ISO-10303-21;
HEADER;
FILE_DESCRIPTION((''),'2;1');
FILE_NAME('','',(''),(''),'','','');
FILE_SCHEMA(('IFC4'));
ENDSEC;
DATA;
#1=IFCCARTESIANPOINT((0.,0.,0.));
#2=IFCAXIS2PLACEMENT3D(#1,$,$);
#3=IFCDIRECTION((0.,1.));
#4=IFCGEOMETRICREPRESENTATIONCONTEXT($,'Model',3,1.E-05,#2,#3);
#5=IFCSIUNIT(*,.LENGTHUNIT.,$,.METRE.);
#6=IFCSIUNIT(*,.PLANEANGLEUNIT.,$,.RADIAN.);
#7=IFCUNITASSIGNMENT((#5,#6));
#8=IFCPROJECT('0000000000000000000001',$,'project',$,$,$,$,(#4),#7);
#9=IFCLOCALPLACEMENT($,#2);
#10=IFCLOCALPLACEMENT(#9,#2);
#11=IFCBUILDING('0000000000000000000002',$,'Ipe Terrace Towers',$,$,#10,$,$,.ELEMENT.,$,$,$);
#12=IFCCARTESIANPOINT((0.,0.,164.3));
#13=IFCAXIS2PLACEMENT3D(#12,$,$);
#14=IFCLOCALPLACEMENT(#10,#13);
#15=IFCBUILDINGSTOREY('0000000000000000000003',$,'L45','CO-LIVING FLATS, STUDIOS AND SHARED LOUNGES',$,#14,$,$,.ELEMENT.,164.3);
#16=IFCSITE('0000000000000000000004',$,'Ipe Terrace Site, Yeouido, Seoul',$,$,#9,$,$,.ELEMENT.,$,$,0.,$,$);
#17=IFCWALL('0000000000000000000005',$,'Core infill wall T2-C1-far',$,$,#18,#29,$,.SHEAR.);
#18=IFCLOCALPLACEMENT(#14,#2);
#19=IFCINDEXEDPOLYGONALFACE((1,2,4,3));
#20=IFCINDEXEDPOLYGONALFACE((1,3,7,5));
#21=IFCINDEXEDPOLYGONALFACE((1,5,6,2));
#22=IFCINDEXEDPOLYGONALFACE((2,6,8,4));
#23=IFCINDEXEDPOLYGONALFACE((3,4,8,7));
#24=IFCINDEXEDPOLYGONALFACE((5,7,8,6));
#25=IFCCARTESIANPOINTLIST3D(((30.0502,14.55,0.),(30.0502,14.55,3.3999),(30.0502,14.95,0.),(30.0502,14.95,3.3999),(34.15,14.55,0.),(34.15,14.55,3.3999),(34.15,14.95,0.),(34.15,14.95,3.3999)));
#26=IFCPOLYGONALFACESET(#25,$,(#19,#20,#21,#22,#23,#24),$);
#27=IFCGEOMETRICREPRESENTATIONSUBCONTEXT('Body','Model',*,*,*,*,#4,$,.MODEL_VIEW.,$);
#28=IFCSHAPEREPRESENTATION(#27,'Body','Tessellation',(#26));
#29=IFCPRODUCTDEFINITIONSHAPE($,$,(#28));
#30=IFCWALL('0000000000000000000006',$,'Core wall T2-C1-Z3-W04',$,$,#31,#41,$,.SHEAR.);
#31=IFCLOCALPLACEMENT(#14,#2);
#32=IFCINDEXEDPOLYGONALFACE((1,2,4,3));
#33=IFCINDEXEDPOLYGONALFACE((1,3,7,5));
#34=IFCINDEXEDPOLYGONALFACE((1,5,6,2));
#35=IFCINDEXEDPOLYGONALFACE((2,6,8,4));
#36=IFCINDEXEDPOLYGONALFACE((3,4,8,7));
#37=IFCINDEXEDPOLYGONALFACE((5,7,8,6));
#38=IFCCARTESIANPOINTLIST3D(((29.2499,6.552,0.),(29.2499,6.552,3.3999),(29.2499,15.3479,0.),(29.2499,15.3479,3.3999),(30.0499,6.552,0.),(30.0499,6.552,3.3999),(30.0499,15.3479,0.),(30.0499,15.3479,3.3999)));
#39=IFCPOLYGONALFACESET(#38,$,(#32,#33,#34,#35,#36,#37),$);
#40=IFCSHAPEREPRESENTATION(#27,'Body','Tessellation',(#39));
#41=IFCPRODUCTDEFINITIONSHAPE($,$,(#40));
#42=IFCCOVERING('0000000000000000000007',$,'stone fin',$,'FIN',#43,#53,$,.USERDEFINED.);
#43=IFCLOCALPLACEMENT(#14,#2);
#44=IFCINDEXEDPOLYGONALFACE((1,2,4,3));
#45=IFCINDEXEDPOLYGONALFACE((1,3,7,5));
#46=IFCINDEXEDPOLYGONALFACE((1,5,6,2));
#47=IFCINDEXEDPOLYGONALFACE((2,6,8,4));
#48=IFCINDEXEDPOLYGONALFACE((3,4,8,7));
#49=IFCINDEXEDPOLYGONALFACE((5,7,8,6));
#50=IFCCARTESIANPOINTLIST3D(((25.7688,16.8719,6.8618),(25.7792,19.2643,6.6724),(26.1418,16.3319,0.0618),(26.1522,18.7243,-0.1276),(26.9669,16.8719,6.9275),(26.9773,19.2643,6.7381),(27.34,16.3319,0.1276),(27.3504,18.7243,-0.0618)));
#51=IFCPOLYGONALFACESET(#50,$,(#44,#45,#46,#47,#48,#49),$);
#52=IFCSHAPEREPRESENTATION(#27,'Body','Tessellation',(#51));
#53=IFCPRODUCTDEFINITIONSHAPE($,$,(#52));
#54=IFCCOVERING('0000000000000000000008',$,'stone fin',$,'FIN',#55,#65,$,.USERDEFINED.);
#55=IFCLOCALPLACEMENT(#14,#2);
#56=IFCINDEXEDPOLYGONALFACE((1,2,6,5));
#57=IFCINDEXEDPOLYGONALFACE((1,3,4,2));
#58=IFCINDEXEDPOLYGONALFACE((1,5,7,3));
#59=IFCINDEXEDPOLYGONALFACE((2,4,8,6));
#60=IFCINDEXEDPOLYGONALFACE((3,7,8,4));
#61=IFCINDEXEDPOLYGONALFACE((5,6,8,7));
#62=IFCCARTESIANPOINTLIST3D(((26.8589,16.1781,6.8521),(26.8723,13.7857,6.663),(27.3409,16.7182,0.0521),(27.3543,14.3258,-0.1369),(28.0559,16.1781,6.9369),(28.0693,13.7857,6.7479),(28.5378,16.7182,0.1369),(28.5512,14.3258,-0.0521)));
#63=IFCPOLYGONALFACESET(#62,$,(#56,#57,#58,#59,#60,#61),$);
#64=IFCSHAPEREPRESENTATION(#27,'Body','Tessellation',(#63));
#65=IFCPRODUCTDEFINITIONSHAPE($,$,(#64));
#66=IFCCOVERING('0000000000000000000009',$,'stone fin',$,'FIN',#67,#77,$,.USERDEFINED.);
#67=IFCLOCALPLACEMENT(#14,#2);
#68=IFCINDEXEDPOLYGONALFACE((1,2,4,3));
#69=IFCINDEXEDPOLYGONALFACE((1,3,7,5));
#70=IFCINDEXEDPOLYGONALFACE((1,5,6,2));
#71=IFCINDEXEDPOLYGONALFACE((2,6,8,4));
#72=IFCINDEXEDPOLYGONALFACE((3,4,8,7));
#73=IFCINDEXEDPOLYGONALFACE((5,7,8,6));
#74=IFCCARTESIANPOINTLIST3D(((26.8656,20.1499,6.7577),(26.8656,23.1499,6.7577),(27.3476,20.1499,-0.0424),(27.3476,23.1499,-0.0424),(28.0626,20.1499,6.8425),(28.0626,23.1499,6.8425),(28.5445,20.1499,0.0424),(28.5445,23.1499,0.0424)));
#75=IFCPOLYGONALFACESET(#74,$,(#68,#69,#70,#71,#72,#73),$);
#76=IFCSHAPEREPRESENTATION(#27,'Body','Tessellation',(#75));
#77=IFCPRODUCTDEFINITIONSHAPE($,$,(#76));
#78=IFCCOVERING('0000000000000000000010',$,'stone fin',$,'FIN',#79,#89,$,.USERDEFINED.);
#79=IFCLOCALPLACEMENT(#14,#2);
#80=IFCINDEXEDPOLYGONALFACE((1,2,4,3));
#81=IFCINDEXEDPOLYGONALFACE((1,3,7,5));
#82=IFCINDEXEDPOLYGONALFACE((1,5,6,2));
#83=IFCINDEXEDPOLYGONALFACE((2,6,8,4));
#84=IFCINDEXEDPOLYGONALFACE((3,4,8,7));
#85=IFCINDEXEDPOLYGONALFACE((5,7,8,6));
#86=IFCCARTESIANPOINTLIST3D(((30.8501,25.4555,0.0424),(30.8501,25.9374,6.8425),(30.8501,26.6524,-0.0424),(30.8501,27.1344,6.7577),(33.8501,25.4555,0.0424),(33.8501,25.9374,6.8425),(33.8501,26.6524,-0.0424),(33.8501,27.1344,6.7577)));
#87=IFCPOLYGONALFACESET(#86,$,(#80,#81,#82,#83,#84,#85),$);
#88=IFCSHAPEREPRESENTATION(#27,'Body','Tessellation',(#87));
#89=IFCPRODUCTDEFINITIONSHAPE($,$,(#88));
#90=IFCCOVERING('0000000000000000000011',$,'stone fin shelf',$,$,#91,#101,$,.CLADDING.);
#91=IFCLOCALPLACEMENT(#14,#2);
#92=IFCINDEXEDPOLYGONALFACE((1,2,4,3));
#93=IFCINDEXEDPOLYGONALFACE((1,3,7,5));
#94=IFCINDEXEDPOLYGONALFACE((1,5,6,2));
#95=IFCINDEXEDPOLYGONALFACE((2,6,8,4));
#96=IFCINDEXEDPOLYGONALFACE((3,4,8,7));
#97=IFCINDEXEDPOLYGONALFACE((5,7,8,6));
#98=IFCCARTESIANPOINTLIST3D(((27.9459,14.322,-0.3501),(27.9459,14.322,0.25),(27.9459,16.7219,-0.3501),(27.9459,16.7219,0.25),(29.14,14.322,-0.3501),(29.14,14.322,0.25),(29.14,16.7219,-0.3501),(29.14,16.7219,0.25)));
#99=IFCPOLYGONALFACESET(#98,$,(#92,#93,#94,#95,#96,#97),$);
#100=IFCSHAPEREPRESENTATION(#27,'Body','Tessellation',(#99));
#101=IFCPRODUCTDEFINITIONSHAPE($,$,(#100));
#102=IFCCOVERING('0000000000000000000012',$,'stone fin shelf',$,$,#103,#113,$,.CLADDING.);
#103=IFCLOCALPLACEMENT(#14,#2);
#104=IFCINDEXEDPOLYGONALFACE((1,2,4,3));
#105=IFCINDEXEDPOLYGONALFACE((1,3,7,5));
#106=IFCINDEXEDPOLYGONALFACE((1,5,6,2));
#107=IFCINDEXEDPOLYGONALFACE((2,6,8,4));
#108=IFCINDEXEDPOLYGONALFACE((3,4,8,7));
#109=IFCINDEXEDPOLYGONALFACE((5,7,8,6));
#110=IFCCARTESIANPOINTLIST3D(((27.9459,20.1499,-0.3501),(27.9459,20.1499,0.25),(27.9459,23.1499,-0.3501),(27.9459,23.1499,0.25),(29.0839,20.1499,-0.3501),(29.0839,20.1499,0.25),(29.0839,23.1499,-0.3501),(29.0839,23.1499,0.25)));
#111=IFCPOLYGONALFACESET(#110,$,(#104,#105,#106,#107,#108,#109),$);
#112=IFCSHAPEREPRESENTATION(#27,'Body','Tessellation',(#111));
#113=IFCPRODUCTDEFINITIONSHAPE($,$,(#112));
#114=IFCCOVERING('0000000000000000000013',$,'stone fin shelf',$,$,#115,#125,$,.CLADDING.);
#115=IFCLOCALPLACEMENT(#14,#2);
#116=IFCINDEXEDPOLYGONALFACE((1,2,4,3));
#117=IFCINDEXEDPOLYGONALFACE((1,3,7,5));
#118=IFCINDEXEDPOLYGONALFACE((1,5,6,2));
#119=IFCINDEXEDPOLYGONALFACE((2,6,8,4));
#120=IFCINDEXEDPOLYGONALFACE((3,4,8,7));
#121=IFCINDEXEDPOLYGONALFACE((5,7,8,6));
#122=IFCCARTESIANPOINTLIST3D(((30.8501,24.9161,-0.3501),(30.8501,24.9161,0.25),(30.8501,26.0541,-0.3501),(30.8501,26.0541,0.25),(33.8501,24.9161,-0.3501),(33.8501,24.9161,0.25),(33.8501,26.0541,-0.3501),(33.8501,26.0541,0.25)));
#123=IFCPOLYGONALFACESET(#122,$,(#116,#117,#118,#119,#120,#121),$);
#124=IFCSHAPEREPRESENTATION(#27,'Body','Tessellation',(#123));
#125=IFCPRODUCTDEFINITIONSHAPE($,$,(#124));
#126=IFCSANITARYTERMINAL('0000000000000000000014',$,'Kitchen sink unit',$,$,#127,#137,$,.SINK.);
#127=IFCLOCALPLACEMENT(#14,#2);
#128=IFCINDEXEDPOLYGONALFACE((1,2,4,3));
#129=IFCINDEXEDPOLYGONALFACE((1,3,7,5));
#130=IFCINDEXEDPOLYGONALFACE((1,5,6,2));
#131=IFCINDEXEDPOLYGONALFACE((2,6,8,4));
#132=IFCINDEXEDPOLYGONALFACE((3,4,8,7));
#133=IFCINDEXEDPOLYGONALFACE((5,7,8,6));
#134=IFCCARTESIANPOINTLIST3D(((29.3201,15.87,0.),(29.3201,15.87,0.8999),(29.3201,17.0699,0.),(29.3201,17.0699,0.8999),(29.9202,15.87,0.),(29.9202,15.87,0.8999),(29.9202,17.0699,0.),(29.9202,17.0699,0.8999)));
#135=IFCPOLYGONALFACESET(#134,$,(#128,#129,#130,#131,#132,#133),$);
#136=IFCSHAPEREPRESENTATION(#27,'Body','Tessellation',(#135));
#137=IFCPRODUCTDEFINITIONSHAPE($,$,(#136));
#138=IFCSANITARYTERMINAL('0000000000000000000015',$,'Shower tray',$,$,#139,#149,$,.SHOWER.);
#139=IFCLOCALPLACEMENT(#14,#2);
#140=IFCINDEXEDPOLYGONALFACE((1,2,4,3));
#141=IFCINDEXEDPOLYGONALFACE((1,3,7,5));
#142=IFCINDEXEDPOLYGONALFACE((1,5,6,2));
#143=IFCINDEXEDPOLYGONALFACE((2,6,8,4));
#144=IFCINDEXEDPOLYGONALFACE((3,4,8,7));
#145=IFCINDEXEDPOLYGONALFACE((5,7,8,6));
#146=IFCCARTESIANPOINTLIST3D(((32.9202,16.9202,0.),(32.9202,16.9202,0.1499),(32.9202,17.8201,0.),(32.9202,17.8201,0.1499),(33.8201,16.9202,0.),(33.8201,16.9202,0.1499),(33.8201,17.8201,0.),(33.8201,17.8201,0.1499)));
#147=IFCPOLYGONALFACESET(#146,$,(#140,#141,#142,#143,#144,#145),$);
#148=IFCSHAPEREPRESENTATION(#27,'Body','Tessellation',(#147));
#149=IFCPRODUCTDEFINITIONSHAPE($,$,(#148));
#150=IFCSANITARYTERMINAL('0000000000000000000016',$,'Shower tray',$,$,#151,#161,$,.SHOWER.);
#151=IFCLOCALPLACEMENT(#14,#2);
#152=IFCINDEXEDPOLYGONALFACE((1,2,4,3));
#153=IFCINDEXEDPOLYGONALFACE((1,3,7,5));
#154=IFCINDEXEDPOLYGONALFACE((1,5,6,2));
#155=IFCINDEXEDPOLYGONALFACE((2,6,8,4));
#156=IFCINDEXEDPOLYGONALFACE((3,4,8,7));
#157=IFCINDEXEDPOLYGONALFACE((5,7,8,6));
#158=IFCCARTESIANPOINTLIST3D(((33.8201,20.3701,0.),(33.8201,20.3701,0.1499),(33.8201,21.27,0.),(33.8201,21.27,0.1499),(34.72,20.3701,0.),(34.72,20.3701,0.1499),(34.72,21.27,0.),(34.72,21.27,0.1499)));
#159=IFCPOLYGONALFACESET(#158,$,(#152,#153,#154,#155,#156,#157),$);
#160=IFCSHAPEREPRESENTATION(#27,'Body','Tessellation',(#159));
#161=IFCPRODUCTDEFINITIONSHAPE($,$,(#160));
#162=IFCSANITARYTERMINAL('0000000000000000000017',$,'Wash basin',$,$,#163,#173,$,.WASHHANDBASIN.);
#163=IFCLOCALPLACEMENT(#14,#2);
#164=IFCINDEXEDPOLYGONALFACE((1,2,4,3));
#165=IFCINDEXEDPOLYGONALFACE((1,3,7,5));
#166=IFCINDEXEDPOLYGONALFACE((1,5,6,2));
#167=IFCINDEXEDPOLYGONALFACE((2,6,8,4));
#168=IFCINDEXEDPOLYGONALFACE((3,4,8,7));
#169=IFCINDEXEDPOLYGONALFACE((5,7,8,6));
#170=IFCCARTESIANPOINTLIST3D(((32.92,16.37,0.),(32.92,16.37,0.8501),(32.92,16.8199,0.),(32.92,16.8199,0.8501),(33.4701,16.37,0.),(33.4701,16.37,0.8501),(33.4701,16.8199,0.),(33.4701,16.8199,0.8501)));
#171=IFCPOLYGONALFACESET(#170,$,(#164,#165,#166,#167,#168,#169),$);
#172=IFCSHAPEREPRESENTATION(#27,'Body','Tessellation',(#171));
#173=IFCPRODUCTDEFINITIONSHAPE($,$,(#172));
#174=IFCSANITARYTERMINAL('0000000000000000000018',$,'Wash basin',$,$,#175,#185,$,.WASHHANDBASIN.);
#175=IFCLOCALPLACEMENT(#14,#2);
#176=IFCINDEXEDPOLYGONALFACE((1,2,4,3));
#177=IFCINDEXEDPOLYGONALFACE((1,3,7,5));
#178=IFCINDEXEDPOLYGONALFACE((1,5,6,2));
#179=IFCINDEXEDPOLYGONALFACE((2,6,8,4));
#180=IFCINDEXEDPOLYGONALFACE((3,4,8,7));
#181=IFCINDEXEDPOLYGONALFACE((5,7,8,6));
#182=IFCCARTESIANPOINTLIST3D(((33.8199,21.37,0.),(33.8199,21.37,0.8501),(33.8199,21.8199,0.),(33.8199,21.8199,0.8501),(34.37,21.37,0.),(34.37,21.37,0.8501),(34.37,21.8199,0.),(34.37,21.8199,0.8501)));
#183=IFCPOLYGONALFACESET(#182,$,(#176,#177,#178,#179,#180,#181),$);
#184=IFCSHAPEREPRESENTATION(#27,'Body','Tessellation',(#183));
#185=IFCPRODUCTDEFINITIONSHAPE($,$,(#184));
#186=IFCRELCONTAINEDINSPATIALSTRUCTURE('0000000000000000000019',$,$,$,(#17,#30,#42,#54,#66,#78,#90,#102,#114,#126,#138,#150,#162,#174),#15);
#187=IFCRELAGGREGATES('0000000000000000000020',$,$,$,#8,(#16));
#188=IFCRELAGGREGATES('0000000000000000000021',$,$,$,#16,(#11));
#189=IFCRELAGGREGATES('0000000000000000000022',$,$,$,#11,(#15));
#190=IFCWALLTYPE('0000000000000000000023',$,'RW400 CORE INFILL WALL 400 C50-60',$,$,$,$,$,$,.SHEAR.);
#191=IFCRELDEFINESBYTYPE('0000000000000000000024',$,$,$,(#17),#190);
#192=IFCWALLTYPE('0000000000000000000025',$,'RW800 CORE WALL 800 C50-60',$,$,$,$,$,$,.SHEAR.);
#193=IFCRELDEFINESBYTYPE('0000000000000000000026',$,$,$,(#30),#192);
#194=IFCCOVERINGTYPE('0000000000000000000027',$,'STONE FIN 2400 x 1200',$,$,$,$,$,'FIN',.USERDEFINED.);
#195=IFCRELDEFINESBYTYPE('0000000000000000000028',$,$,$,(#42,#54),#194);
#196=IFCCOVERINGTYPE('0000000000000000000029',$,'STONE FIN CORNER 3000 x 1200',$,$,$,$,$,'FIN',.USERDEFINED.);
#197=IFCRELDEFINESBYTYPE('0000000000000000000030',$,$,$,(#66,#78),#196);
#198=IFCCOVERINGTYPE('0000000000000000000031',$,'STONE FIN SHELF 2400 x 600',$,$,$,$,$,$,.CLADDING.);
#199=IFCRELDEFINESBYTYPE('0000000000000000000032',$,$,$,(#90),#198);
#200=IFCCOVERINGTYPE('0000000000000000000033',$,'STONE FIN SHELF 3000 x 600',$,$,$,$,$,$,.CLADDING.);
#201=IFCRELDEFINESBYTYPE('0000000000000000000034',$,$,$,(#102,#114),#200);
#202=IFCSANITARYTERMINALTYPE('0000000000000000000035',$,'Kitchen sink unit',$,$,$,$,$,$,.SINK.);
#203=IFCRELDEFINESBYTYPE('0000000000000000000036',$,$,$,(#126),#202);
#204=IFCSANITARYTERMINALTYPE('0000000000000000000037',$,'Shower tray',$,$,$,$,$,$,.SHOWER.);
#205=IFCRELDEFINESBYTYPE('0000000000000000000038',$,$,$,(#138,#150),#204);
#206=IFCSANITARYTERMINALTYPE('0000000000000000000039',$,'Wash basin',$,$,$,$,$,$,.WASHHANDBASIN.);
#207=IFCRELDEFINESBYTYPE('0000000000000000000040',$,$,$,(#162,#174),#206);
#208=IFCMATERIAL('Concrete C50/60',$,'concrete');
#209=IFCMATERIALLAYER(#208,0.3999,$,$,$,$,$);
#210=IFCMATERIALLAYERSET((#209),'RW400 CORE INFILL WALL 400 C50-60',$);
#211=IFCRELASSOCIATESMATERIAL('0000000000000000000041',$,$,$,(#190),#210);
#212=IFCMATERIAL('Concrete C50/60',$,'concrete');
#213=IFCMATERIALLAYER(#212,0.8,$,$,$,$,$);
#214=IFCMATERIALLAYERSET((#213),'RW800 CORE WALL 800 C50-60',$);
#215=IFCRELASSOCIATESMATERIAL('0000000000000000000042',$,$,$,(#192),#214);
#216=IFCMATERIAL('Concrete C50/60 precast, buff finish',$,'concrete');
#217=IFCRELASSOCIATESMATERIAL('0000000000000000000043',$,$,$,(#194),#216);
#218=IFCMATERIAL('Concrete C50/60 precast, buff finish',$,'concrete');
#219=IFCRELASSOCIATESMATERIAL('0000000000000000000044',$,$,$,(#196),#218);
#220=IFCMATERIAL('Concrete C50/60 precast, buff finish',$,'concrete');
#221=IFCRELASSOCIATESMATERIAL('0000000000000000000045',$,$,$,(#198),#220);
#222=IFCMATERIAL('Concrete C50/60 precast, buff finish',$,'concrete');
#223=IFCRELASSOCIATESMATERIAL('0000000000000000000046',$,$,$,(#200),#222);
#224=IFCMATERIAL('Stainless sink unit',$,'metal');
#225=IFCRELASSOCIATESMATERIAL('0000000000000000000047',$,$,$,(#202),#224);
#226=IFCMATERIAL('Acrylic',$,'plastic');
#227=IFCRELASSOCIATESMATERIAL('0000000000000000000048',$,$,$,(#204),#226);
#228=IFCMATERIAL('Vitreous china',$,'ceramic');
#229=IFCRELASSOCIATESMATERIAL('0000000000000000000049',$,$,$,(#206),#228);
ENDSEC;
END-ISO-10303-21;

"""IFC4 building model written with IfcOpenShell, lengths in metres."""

from ifc_helpers import new_model, si_unit, direction, frame, frame_2d, origin, origin_2d, place, context, subcontext, project, spatial, rectangle, extrude, material, layer, layer_set, material_profile, profile_set, type_object, element, save


model = new_model("IFC4")

# Units and contexts
model_context = context("Model", 3, precision=1e-05, world=origin(), true_north=direction((0.0, 1.0)))
body_context = subcontext(model_context, "Body", "Model", "MODEL_VIEW")
ifc_project = project(units=[si_unit("LENGTHUNIT", "METRE"), si_unit("PLANEANGLEUNIT", "RADIAN")], contexts=[model_context])

# Site, building, storey
site_placement = place(None, origin())
site = spatial("IfcSite", under=ifc_project, at=site_placement, Name="Ipe Terrace Site, Yeouido, Seoul", CompositionType="ELEMENT", RefElevation=0.0)
building_placement = place(site_placement, origin())
building = spatial("IfcBuilding", under=site, at=building_placement, Name="Ipe Terrace Towers", CompositionType="ELEMENT")
storey_placement = place(building_placement, frame((0.0, 0.0, 164.3)))
storey = spatial("IfcBuildingStorey", under=building, at=storey_placement, Name="L45", Description="CO-LIVING FLATS, STUDIOS AND SHARED LOUNGES", CompositionType="ELEMENT", Elevation=164.3)

# Walls
ifc_material_1 = material(Name="Concrete C50/60", Category="concrete")
ifc_layer_1 = layer(ifc_material_1, 0.3999)
ifc_layer_set_1 = layer_set([ifc_layer_1], Name="RW400 CORE INFILL WALL 400 C50-60")
wall_type_1 = type_object("IfcWallType", Name="RW400 CORE INFILL WALL 400 C50-60", PredefinedType="SHEAR", material=ifc_layer_set_1)
wall_1_placement = place(storey_placement, frame((34.1499, 14.75, 0.0), z_axis=(0.0, 0.0, 1.0), x_axis=(-1.0, 0.0, 0.0)))
element("IfcWall", 1, at=wall_1_placement, inside=storey, type_object=wall_type_1, Name="Core infill wall T2-C1-far", PredefinedType="SHEAR", context=body_context, shape_type="SweptSolid", body=[
    extrude(rectangle(XDim=4.0999, YDim=0.3999, at=frame_2d((2.0498, 0.0))), origin(), (0.0, 0.0, 1.0), 3.3999),
])
ifc_material_2 = material(Name="Concrete C50/60", Category="concrete")
ifc_layer_2 = layer(ifc_material_2, 0.8)
ifc_layer_set_2 = layer_set([ifc_layer_2], Name="RW800 CORE WALL 800 C50-60")
wall_type_2 = type_object("IfcWallType", Name="RW800 CORE WALL 800 C50-60", PredefinedType="SHEAR", material=ifc_layer_set_2)
wall_2_placement = place(storey_placement, frame((29.6499, 15.3479, 0.0), z_axis=(0.0, 0.0, 1.0), x_axis=(0.0, -1.0, 0.0)))
element("IfcWall", 2, at=wall_2_placement, inside=storey, type_object=wall_type_2, Name="Core wall T2-C1-Z3-W04", PredefinedType="SHEAR", context=body_context, shape_type="SweptSolid", body=[
    extrude(rectangle(XDim=8.7959, YDim=0.8, at=frame_2d((4.3979, 0.0))), origin(), (0.0, 0.0, 1.0), 3.3999),
])

# Coverings
ifc_material_3 = material(Name="Concrete C50/60 precast, buff finish", Category="concrete")
ifc_material_profile_1 = material_profile(ifc_material_3, rectangle(XDim=2.3999, YDim=1.2, at=origin_2d()), Name="STONE FIN 2400 x 1200")
ifc_profile_set_1 = profile_set([ifc_material_profile_1], Name="Concrete C50/60 precast, buff finish")
covering_type_1 = type_object("IfcCoveringType", Name="STONE FIN 2400 x 1200", ElementType="FIN", PredefinedType="USERDEFINED", material=ifc_profile_set_1)
covering_1_placement = place(storey_placement, frame((26.7461, 17.5281, 0.0), z_axis=(-0.054606, 0.07905, 0.995374), x_axis=(-0.00433, -0.996871, 0.078931)))
element("IfcCovering", 3, at=covering_1_placement, inside=storey, type_object=covering_type_1, Name="stone fin", ObjectType="FIN", PredefinedType="USERDEFINED", context=body_context, shape_type="SweptSolid", body=[
    extrude(rectangle(XDim=2.3999, YDim=1.2, at=origin_2d()), origin(), (0.0, 0.0, 1.0), 6.8315),
])
covering_2_placement = place(storey_placement, frame((27.946, 15.522, 0.0), z_axis=(-0.070474, -0.078971, 0.994383), x_axis=(0.005583, -0.996877, -0.078773)))
element("IfcCovering", 4, at=covering_2_placement, inside=storey, type_object=covering_type_1, Name="stone fin", ObjectType="FIN", PredefinedType="USERDEFINED", context=body_context, shape_type="SweptSolid", body=[
    extrude(rectangle(XDim=2.3999, YDim=1.2, at=origin_2d()), origin(), (0.0, 0.0, 1.0), 6.8384),
])
ifc_material_4 = material(Name="Concrete C50/60 precast, buff finish", Category="concrete")
ifc_material_profile_2 = material_profile(ifc_material_4, rectangle(XDim=3.0, YDim=1.2, at=origin_2d()), Name="STONE FIN CORNER 3000 x 1200")
ifc_profile_set_2 = profile_set([ifc_material_profile_2], Name="Concrete C50/60 precast, buff finish")
covering_type_2 = type_object("IfcCoveringType", Name="STONE FIN CORNER 3000 x 1200", ElementType="FIN", PredefinedType="USERDEFINED", material=ifc_profile_set_2)
for number, where, z_axis, x_axis, name in (
    (5, (27.946, 21.6499, 0.0), (-0.070695, 0.0, 0.997498), (0.0, -1.0, 0.0), "stone fin"),
    (6, (32.3501, 26.054, 0.0), (0.0, 0.070695, 0.997498), (-1.0, 0.0, 0.0), "stone fin"),
):
    element("IfcCovering", number, at=place(storey_placement, frame(where, z_axis=z_axis, x_axis=x_axis)), inside=storey, type_object=covering_type_2, Name=name, ObjectType="FIN", PredefinedType="USERDEFINED", context=body_context, shape_type="SweptSolid", body=[
        extrude(rectangle(XDim=3.0, YDim=1.2, at=origin_2d()), origin(), (0.0, 0.0, 1.0), 6.8171),
    ])
ifc_material_5 = material(Name="Concrete C50/60 precast, buff finish", Category="concrete")
covering_type_3 = type_object("IfcCoveringType", Name="STONE FIN SHELF 2400 x 600", PredefinedType="CLADDING", material=ifc_material_5)
covering_3_placement = place(storey_placement, frame((28.543, 15.522, -0.3501), z_axis=(0.0, 0.0, 1.0), x_axis=(0.0, -1.0, 0.0)))
element("IfcCovering", 7, at=covering_3_placement, inside=storey, type_object=covering_type_3, Name="stone fin shelf", PredefinedType="CLADDING", context=body_context, shape_type="SweptSolid", body=[
    extrude(rectangle(XDim=2.3999, YDim=1.1941, at=origin_2d()), origin(), (0.0, 0.0, 1.0), 0.6001),
])
ifc_material_6 = material(Name="Concrete C50/60 precast, buff finish", Category="concrete")
covering_type_4 = type_object("IfcCoveringType", Name="STONE FIN SHELF 3000 x 600", PredefinedType="CLADDING", material=ifc_material_6)
for number, where, z_axis, x_axis, name in (
    (8, (28.5149, 21.6499, -0.3501), (0.0, 0.0, 1.0), (0.0, -1.0, 0.0), "stone fin shelf"),
    (9, (32.3501, 25.4851, -0.3501), (0.0, 0.0, 1.0), (-1.0, 0.0, 0.0), "stone fin shelf"),
):
    element("IfcCovering", number, at=place(storey_placement, frame(where, z_axis=z_axis, x_axis=x_axis)), inside=storey, type_object=covering_type_4, Name=name, PredefinedType="CLADDING", context=body_context, shape_type="SweptSolid", body=[
        extrude(rectangle(XDim=3.0, YDim=1.1379, at=origin_2d()), origin(), (0.0, 0.0, 1.0), 0.6001),
    ])

# Sanitary terminals
ifc_material_7 = material(Name="Stainless sink unit", Category="metal")
sanitary_terminal_type_1 = type_object("IfcSanitaryTerminalType", Name="Kitchen sink unit", PredefinedType="SINK", material=ifc_material_7)
sanitary_terminal_1_placement = place(storey_placement, frame((29.6201, 16.47, 0.0), z_axis=(0.0, 0.0, 1.0), x_axis=(0.0, 1.0, 0.0)))
element("IfcSanitaryTerminal", 10, at=sanitary_terminal_1_placement, inside=storey, type_object=sanitary_terminal_type_1, Name="Kitchen sink unit", PredefinedType="SINK", context=body_context, shape_type="SweptSolid", body=[
    extrude(rectangle(XDim=1.2, YDim=0.6001, at=origin_2d()), origin(), (0.0, 0.0, 1.0), 0.8999),
])
ifc_material_8 = material(Name="Acrylic", Category="plastic")
sanitary_terminal_type_2 = type_object("IfcSanitaryTerminalType", Name="Shower tray", PredefinedType="SHOWER", material=ifc_material_8)
for number, where, z_axis, x_axis, name in (
    (11, (33.3701, 17.3701, 0.0), (0.0, 0.0, 1.0), (1.0, 0.0, 0.0), "Shower tray"),
    (12, (34.27, 20.8201, 0.0), (0.0, 0.0, 1.0), (1.0, 0.0, 0.0), "Shower tray"),
):
    element("IfcSanitaryTerminal", number, at=place(storey_placement, frame(where, z_axis=z_axis, x_axis=x_axis)), inside=storey, type_object=sanitary_terminal_type_2, Name=name, PredefinedType="SHOWER", context=body_context, shape_type="SweptSolid", body=[
        extrude(rectangle(XDim=0.8999, YDim=0.8999, at=origin_2d()), origin(), (0.0, 0.0, 1.0), 0.1499),
    ])
ifc_material_9 = material(Name="Vitreous china", Category="ceramic")
sanitary_terminal_type_3 = type_object("IfcSanitaryTerminalType", Name="Wash basin", PredefinedType="WASHHANDBASIN", material=ifc_material_9)
for number, where, z_axis, x_axis, name in (
    (13, (33.1951, 16.595, 0.0), (0.0, 0.0, 1.0), (1.0, 0.0, 0.0), "Wash basin"),
    (14, (34.095, 21.595, 0.0), (0.0, 0.0, 1.0), (1.0, 0.0, 0.0), "Wash basin"),
):
    element("IfcSanitaryTerminal", number, at=place(storey_placement, frame(where, z_axis=z_axis, x_axis=x_axis)), inside=storey, type_object=sanitary_terminal_type_3, Name=name, PredefinedType="WASHHANDBASIN", context=body_context, shape_type="SweptSolid", body=[
        extrude(rectangle(XDim=0.55, YDim=0.45, at=origin_2d()), origin(), (0.0, 0.0, 1.0), 0.8501),
    ])

save(model, "model.ifc")
